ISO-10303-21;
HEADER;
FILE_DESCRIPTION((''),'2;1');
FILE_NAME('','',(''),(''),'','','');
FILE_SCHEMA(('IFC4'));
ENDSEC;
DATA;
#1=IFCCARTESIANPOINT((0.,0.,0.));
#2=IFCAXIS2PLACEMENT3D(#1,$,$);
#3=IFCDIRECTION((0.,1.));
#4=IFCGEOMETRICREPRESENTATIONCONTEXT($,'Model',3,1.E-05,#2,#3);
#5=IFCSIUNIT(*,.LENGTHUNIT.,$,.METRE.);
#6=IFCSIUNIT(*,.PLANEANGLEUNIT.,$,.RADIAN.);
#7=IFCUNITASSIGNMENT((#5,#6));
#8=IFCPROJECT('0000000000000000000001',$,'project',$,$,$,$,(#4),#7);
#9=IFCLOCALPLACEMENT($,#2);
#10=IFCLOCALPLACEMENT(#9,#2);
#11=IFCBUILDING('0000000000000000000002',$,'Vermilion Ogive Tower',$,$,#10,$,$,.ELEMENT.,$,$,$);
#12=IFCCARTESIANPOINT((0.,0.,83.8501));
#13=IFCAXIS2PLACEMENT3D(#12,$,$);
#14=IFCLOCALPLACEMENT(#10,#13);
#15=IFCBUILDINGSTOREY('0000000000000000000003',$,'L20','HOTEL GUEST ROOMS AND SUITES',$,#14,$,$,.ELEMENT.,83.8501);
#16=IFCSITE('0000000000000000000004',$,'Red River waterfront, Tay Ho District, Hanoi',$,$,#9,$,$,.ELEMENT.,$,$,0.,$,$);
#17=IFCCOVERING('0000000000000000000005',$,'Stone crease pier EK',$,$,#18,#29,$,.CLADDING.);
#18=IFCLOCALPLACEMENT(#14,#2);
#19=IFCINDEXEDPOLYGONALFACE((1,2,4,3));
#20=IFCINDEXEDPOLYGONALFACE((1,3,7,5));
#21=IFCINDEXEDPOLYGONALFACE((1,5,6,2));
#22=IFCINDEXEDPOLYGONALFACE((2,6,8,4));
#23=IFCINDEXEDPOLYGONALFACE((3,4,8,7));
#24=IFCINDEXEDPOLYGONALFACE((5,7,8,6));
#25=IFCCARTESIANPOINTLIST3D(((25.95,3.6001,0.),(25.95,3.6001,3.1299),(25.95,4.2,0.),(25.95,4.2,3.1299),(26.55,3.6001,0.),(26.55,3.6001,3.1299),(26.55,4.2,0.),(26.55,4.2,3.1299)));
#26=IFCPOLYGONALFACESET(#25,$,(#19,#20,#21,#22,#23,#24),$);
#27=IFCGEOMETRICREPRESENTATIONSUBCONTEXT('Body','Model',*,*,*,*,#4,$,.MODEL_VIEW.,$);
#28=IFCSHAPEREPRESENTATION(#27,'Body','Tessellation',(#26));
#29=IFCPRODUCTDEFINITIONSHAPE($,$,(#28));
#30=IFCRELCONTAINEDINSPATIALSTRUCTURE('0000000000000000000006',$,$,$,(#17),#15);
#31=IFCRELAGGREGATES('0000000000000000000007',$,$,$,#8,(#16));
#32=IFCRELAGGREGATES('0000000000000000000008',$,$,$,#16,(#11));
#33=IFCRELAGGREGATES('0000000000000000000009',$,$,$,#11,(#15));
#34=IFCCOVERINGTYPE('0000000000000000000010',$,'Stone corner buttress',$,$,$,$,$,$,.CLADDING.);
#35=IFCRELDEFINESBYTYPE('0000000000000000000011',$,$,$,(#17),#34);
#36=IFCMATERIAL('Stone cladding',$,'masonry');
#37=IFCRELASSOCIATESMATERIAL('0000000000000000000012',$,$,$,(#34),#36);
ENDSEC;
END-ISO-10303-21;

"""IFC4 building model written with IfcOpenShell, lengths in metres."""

from ifc_helpers import new_model, si_unit, direction, frame, origin, place, context, subcontext, project, spatial, polyline, outline, extrude, material, type_object, element, save


model = new_model("IFC4")

# Units and contexts
model_context = context("Model", 3, precision=1e-05, world=origin(), true_north=direction((0.0, 1.0)))
body_context = subcontext(model_context, "Body", "Model", "MODEL_VIEW")
ifc_project = project(units=[si_unit("LENGTHUNIT", "METRE"), si_unit("PLANEANGLEUNIT", "RADIAN")], contexts=[model_context])

# Site, building, storey
site_placement = place(None, origin())
site = spatial("IfcSite", under=ifc_project, at=site_placement, Name="Red River waterfront, Tay Ho District, Hanoi", CompositionType="ELEMENT", RefElevation=0.0)
building_placement = place(site_placement, origin())
building = spatial("IfcBuilding", under=site, at=building_placement, Name="Vermilion Ogive Tower", CompositionType="ELEMENT")
storey_placement = place(building_placement, frame((0.0, 0.0, 83.8501)))
storey = spatial("IfcBuildingStorey", under=building, at=storey_placement, Name="L20", Description="HOTEL GUEST ROOMS AND SUITES", CompositionType="ELEMENT", Elevation=83.8501)

# Covering
ifc_material_1 = material(Name="Stone cladding", Category="masonry")
covering_type = type_object("IfcCoveringType", Name="Stone corner buttress", PredefinedType="CLADDING", material=ifc_material_1)
covering_1_placement = place(storey_placement, origin())
element("IfcCovering", 1, at=covering_1_placement, inside=storey, type_object=covering_type, Name="Stone crease pier EK", PredefinedType="CLADDING", context=body_context, shape_type="SweptSolid", body=[
    extrude(outline(polyline([(26.55, 3.6001), (26.55, 4.2), (25.95, 4.2), (25.95, 3.6001), (26.55, 3.6001)])), origin(), (0.0, 0.0, 1.0), 3.1299),
])

save(model, "model.ifc")
